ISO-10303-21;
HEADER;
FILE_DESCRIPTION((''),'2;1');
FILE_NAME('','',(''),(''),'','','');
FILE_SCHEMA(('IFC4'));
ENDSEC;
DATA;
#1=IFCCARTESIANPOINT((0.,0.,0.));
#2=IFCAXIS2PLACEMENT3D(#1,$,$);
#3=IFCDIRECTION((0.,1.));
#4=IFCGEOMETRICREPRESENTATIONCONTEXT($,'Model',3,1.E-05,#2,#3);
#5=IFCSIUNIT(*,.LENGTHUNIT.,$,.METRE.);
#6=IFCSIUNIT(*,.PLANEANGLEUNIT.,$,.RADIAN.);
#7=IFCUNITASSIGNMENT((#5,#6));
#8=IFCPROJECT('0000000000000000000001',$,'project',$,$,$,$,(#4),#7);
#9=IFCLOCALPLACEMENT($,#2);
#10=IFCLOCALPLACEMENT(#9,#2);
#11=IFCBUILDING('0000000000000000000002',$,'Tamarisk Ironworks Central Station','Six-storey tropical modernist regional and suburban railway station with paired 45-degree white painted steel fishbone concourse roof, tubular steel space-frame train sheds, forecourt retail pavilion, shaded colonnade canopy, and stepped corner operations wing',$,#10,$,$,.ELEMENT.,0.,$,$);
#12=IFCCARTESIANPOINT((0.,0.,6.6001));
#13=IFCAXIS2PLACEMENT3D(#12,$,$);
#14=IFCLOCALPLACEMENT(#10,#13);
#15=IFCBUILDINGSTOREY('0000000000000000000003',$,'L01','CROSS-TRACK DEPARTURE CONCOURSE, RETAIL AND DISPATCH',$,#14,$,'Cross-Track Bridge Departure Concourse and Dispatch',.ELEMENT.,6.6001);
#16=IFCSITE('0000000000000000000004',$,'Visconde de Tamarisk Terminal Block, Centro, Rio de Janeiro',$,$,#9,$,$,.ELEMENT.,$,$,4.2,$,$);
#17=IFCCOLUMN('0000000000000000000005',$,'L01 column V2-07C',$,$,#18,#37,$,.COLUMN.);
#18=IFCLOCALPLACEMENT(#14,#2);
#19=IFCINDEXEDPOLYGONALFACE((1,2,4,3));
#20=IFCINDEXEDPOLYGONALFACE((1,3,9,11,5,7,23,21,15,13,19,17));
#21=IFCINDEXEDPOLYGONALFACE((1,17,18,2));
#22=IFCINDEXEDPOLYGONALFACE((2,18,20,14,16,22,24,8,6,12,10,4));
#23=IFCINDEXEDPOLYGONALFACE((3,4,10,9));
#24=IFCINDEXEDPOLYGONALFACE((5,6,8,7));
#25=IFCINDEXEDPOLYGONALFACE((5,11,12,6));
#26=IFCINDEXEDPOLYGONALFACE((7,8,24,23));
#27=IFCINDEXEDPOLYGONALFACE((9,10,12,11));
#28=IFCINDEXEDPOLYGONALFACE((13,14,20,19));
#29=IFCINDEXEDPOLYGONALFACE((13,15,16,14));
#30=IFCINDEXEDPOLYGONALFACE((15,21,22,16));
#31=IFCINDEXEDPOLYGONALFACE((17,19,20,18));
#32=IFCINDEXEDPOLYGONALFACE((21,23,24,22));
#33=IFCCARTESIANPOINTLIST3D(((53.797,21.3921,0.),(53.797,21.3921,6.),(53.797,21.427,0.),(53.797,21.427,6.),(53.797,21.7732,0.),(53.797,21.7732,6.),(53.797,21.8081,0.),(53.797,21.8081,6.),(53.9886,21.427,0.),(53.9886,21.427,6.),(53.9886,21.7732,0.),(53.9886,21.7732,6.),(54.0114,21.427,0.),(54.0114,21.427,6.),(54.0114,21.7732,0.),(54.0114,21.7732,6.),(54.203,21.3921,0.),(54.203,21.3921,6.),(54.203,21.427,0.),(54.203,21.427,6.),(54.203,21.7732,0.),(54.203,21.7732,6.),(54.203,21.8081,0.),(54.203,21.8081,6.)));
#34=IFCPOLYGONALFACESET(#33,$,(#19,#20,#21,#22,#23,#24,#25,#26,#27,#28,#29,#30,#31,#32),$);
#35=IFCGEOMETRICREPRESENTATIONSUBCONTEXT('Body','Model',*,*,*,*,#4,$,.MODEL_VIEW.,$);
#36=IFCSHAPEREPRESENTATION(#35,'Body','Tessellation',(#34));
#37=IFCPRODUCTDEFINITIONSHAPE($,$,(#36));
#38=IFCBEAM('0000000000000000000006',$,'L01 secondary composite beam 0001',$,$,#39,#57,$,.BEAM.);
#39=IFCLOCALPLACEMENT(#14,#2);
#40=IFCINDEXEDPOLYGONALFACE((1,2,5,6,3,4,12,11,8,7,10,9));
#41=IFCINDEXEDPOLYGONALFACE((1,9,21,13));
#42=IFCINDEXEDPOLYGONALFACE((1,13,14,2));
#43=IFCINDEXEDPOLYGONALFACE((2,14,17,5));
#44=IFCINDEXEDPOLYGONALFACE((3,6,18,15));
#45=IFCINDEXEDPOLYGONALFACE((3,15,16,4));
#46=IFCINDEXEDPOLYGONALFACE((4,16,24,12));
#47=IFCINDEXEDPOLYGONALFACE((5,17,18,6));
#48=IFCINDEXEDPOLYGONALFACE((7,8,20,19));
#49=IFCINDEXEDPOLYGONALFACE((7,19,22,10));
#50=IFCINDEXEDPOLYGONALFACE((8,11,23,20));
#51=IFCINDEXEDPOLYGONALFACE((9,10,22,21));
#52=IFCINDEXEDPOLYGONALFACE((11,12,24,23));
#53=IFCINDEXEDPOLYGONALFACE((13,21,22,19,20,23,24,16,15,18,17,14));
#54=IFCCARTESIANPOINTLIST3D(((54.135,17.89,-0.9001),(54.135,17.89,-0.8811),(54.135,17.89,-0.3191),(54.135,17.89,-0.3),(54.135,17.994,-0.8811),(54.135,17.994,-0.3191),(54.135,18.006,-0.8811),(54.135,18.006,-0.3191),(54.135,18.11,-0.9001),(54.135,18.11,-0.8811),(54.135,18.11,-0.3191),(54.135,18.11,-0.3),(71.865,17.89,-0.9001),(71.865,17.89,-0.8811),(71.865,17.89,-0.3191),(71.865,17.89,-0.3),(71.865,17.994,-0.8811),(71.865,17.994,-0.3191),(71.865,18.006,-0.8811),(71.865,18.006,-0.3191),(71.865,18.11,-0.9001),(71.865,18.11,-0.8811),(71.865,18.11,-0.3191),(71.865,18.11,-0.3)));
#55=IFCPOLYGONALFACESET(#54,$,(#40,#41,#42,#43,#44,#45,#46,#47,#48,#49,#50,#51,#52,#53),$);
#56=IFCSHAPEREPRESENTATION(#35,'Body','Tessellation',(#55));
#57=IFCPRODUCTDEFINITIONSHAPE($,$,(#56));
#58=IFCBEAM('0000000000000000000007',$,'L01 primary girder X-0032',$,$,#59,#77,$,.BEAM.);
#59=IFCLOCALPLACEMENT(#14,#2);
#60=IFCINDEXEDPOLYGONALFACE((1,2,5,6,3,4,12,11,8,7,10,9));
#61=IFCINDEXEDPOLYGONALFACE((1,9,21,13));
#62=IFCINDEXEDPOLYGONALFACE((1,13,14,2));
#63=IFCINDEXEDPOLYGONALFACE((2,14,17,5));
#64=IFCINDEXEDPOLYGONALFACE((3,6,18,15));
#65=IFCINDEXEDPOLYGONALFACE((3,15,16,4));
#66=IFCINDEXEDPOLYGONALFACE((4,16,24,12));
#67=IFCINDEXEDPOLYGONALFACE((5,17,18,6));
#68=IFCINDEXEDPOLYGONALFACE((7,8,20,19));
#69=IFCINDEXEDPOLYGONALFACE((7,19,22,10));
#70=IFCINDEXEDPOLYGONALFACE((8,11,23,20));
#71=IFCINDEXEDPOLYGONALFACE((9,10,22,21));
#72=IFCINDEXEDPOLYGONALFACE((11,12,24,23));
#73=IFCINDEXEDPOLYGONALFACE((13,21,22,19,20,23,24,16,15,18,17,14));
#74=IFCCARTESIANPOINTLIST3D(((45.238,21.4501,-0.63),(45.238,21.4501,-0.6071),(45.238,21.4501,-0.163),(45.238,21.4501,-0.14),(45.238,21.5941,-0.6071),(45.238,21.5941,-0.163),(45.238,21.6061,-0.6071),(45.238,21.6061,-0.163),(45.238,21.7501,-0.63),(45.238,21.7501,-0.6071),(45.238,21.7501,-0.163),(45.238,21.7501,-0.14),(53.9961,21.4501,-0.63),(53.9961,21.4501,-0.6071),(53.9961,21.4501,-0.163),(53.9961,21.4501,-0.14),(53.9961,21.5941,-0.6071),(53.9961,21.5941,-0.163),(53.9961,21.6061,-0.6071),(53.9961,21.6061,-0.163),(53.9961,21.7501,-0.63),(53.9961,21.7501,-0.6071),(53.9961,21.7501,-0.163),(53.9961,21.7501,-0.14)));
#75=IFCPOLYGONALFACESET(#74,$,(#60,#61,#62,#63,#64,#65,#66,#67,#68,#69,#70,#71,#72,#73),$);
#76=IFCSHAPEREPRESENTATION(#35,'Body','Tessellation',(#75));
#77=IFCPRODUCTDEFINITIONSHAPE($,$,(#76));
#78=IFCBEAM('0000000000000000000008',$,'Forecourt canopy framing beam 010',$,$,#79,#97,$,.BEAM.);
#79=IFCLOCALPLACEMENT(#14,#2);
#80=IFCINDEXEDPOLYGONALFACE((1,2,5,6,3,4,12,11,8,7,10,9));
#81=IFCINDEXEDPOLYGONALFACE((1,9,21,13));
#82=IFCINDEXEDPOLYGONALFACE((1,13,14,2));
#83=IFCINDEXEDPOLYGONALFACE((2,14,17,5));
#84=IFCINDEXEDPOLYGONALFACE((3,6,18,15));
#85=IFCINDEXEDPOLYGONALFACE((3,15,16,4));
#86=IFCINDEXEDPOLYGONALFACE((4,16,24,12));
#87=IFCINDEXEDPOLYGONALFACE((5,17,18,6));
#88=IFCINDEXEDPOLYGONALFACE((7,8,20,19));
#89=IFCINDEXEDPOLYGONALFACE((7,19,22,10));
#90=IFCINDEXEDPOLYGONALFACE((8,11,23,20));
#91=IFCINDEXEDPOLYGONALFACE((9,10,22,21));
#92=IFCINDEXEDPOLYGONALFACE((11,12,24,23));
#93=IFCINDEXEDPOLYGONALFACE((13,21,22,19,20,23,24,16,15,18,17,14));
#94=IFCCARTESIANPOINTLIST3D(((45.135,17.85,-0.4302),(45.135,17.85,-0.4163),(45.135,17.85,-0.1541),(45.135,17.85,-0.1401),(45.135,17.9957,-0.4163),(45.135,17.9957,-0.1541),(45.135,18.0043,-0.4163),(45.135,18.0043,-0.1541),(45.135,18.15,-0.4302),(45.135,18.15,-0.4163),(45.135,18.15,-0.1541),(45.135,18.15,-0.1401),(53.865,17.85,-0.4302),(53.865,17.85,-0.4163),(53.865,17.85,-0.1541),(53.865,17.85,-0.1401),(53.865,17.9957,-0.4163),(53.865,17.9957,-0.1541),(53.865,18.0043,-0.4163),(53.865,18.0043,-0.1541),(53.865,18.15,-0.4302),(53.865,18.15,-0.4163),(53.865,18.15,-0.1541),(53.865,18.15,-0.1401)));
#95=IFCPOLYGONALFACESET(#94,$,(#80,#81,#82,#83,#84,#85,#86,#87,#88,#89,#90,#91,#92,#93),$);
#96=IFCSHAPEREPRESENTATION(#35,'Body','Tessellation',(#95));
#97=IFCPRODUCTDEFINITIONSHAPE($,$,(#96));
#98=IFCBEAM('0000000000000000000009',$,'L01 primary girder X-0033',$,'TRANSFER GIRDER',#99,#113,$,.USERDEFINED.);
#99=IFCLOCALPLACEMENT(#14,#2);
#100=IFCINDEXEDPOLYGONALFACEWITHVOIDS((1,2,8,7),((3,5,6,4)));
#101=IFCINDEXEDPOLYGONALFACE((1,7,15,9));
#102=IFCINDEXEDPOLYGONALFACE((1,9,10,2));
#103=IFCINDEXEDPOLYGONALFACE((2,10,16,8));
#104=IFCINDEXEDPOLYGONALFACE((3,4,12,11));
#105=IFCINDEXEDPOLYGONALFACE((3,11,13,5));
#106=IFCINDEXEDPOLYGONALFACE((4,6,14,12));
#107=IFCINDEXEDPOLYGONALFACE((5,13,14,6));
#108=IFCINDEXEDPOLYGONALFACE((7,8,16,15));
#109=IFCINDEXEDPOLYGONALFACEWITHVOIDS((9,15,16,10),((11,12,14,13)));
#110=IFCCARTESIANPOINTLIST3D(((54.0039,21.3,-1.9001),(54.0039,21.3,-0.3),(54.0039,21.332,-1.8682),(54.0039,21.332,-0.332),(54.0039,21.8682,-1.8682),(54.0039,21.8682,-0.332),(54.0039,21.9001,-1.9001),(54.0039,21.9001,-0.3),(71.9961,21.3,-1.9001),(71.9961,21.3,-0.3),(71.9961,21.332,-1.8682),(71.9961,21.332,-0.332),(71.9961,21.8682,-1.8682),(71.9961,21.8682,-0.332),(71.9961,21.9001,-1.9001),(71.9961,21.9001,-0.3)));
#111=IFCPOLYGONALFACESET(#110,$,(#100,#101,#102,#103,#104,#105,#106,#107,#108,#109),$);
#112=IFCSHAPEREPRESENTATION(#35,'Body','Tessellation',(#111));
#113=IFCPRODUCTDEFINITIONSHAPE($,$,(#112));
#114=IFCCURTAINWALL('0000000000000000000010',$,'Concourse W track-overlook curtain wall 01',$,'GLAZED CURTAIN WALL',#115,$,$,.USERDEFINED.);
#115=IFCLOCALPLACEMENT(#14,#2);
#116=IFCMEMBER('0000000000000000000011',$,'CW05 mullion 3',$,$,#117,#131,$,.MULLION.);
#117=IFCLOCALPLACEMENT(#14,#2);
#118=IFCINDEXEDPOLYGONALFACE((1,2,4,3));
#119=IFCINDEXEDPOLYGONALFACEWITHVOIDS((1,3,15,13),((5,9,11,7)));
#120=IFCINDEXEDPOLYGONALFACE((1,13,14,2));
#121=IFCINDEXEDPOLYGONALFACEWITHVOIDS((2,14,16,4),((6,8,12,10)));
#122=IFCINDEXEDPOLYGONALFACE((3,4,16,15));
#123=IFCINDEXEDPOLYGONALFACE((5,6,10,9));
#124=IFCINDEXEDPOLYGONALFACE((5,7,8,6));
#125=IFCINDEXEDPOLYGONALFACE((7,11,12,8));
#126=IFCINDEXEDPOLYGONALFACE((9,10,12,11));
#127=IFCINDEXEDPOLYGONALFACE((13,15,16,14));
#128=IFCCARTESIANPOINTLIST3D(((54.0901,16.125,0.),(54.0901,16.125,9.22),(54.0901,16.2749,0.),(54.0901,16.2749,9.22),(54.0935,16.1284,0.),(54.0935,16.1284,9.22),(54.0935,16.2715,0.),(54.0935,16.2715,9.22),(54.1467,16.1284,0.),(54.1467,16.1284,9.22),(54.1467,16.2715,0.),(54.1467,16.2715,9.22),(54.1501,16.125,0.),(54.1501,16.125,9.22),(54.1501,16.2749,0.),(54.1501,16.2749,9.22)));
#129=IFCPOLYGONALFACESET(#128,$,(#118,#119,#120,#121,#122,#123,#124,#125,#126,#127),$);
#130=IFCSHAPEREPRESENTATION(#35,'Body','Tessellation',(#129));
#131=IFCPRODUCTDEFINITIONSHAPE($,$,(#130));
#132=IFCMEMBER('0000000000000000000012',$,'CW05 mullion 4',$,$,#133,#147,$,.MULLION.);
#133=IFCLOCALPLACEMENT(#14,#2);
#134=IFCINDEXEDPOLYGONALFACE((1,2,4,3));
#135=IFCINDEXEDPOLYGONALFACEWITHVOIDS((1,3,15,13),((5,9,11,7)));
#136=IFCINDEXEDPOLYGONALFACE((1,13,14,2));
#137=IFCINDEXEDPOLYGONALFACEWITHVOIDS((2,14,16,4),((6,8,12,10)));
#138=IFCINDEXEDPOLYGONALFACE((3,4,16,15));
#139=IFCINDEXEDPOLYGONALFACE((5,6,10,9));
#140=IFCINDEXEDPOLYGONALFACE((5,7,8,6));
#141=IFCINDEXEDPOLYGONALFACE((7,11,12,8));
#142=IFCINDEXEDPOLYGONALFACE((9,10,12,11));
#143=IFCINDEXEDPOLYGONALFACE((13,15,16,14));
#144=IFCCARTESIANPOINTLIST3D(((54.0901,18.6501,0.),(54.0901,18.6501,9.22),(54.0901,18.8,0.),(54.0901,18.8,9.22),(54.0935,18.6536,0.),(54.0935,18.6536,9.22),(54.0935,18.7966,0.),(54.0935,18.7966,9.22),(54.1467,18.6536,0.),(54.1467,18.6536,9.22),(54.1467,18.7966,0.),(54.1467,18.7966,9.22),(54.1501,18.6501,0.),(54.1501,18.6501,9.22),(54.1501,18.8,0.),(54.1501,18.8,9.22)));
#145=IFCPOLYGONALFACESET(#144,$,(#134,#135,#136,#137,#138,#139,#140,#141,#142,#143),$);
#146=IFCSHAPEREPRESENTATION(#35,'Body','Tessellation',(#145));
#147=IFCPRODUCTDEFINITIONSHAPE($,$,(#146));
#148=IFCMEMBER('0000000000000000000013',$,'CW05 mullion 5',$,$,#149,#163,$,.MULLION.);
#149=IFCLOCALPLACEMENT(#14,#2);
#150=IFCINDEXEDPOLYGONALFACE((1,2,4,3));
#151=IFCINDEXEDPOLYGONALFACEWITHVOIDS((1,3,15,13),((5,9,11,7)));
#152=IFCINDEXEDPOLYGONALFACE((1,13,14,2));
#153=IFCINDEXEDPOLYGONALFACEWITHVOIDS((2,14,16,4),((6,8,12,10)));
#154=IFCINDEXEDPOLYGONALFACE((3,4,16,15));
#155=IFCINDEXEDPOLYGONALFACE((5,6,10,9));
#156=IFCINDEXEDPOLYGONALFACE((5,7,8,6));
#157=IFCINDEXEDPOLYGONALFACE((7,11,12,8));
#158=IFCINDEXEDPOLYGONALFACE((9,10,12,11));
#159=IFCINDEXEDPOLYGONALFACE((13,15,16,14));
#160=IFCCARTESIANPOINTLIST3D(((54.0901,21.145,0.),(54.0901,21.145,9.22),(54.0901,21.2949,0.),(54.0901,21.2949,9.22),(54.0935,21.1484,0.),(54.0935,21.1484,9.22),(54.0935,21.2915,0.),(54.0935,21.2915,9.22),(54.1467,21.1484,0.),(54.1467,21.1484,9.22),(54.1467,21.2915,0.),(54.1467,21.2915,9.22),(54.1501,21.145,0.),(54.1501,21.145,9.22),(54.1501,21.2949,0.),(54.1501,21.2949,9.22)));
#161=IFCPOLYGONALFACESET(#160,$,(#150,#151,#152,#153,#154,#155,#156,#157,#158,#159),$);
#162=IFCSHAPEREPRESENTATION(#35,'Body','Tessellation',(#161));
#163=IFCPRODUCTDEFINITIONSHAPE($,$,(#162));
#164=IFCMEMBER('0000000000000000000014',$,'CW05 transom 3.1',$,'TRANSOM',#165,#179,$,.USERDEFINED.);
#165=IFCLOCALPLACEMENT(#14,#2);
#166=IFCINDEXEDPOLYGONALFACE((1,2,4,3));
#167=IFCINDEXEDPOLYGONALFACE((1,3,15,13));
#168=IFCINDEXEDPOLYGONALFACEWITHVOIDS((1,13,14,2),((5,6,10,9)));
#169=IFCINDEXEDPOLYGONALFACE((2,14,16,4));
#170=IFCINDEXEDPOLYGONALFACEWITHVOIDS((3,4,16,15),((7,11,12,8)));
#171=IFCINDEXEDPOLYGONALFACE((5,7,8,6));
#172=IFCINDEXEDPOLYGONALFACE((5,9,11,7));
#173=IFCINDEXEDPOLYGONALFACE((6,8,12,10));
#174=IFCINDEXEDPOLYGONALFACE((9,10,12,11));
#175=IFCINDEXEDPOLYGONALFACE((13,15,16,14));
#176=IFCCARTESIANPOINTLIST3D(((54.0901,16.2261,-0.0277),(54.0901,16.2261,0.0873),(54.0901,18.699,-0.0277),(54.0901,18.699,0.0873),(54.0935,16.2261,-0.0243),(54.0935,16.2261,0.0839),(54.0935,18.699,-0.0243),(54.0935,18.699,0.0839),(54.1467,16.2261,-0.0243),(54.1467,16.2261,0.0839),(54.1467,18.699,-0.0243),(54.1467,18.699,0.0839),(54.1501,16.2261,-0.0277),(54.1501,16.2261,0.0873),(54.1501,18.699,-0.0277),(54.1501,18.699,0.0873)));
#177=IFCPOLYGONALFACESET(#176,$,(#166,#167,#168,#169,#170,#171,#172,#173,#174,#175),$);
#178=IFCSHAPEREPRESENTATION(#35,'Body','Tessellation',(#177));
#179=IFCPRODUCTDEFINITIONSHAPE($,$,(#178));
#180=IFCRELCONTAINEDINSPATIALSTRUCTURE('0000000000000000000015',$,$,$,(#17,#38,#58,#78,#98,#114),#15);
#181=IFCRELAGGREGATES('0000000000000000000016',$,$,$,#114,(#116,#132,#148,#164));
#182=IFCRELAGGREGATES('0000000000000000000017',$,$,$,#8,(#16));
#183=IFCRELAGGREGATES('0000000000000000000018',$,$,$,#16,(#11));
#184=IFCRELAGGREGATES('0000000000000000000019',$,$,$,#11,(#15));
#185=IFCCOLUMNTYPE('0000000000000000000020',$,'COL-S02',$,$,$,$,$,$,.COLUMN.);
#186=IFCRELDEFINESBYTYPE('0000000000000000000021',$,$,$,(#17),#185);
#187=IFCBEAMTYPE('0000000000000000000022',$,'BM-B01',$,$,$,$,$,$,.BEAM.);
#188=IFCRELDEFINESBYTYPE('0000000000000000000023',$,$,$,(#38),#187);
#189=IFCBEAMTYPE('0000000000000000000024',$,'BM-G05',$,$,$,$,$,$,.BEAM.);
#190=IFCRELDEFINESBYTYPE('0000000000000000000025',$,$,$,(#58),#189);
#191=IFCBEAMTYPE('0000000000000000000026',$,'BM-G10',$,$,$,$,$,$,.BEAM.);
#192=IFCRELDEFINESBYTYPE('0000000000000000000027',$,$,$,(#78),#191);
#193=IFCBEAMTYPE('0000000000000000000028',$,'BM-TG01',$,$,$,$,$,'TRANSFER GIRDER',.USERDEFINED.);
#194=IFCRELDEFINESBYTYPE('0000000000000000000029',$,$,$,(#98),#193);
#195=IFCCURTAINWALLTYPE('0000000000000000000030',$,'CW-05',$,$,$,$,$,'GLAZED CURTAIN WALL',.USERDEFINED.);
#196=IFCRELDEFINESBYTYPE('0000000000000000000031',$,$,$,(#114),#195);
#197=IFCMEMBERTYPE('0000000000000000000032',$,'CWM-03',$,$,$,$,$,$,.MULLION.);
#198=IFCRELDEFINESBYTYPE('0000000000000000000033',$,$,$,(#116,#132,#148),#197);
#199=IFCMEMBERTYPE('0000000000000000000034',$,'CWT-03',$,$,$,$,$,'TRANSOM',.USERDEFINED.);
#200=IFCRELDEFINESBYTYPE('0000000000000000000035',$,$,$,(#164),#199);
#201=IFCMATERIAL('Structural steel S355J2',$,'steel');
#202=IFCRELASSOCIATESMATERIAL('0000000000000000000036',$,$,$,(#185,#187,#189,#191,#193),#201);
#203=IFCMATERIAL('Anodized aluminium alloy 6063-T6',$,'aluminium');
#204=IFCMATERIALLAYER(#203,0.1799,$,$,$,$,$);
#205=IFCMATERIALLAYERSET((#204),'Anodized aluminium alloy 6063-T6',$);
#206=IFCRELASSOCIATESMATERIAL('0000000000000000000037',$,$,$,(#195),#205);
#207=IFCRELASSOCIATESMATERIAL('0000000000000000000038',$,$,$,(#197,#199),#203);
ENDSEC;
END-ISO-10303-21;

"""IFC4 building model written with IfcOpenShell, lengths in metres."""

from ifc_helpers import new_model, si_unit, direction, frame, origin, origin_2d, place, context, subcontext, project, spatial, hollow_rectangle, i_section, extrude, material, layer, layer_set, material_profile, profile_set, type_object, element, aggregate, save


model = new_model("IFC4")

# Units and contexts
model_context = context("Model", 3, precision=1e-05, world=origin(), true_north=direction((0.0, 1.0)))
body_context = subcontext(model_context, "Body", "Model", "MODEL_VIEW")
ifc_project = project(units=[si_unit("LENGTHUNIT", "METRE"), si_unit("PLANEANGLEUNIT", "RADIAN")], contexts=[model_context])

# Site, building, storey
site_placement = place(None, origin())
site = spatial("IfcSite", under=ifc_project, at=site_placement, Name="Visconde de Tamarisk Terminal Block, Centro, Rio de Janeiro", CompositionType="ELEMENT", RefElevation=4.2)
building_placement = place(site_placement, origin())
building = spatial("IfcBuilding", under=site, at=building_placement, Name="Tamarisk Ironworks Central Station", Description="Six-storey tropical modernist regional and suburban railway station with paired 45-degree white painted steel fishbone concourse roof, tubular steel space-frame train sheds, forecourt retail pavilion, shaded colonnade canopy, and stepped corner operations wing", CompositionType="ELEMENT", ElevationOfRefHeight=0.0)
storey_placement = place(building_placement, frame((0.0, 0.0, 6.6001)))
storey = spatial("IfcBuildingStorey", under=building, at=storey_placement, Name="L01", Description="CROSS-TRACK DEPARTURE CONCOURSE, RETAIL AND DISPATCH", LongName="Cross-Track Bridge Departure Concourse and Dispatch", CompositionType="ELEMENT", Elevation=6.6001)

# Column
ifc_material_1 = material(Name="Structural steel S355J2", Category="steel")
ifc_material_profile_1 = material_profile(ifc_material_1, i_section(OverallWidth=0.406, OverallDepth=0.416, WebThickness=0.0227, FlangeThickness=0.0349, at=origin_2d()), Name="HD 400x382")
ifc_profile_set_1 = profile_set([ifc_material_profile_1], Name="Structural steel S355J2")
column_type = type_object("IfcColumnType", Name="COL-S02", PredefinedType="COLUMN", material=ifc_profile_set_1)
column_placement = place(storey_placement, frame((54.0, 21.6001, 0.0), z_axis=(0.0, 0.0, 1.0), x_axis=(1.0, 0.0, 0.0)))
element("IfcColumn", 1, at=column_placement, inside=storey, type_object=column_type, Name="L01 column V2-07C", PredefinedType="COLUMN", context=body_context, shape_type="SweptSolid", body=[
    extrude(i_section(OverallWidth=0.406, OverallDepth=0.416, WebThickness=0.0227, FlangeThickness=0.0349, at=origin_2d()), origin(), (0.0, 0.0, 1.0), 6.0),
])

# Beams
ifc_material_profile_2 = material_profile(ifc_material_1, i_section(OverallWidth=0.22, OverallDepth=0.6001, WebThickness=0.012, FlangeThickness=0.019, at=origin_2d()), Name="IPE 600")
ifc_profile_set_2 = profile_set([ifc_material_profile_2], Name="Structural steel S355J2")
beam_type_1 = type_object("IfcBeamType", Name="BM-B01", PredefinedType="BEAM", material=ifc_profile_set_2)
beam_1_placement = place(storey_placement, frame((54.135, 18.0, -0.6001), z_axis=(1.0, 0.0, 0.0), x_axis=(0.0, 1.0, 0.0)))
element("IfcBeam", 2, at=beam_1_placement, inside=storey, type_object=beam_type_1, Name="L01 secondary composite beam 0001", PredefinedType="BEAM", context=body_context, shape_type="SweptSolid", body=[
    extrude(i_section(OverallWidth=0.22, OverallDepth=0.6001, WebThickness=0.012, FlangeThickness=0.019, at=origin_2d()), origin(), (0.0, 0.0, 1.0), 17.73),
])
ifc_material_profile_3 = material_profile(ifc_material_1, i_section(OverallWidth=0.3, OverallDepth=0.49, WebThickness=0.012, FlangeThickness=0.0229, at=origin_2d()), Name="HEA 500")
ifc_profile_set_3 = profile_set([ifc_material_profile_3], Name="Structural steel S355J2")
beam_type_2 = type_object("IfcBeamType", Name="BM-G05", PredefinedType="BEAM", material=ifc_profile_set_3)
beam_2_placement = place(storey_placement, frame((45.238, 21.6001, -0.385), z_axis=(1.0, 0.0, 0.0), x_axis=(0.0, 1.0, 0.0)))
element("IfcBeam", 3, at=beam_2_placement, inside=storey, type_object=beam_type_2, Name="L01 primary girder X-0032", PredefinedType="BEAM", context=body_context, shape_type="SweptSolid", body=[
    extrude(i_section(OverallWidth=0.3, OverallDepth=0.49, WebThickness=0.012, FlangeThickness=0.0229, at=origin_2d()), origin(), (0.0, 0.0, 1.0), 8.7581),
])
ifc_material_profile_4 = material_profile(ifc_material_1, i_section(OverallWidth=0.3, OverallDepth=0.29, WebThickness=0.0085, FlangeThickness=0.0139, at=origin_2d()), Name="HEA 300")
ifc_profile_set_4 = profile_set([ifc_material_profile_4], Name="Structural steel S355J2")
beam_type_3 = type_object("IfcBeamType", Name="BM-G10", PredefinedType="BEAM", material=ifc_profile_set_4)
beam_3_placement = place(storey_placement, frame((45.135, 18.0, -0.2852), z_axis=(1.0, 0.0, 0.0), x_axis=(0.0, 1.0, 0.0)))
element("IfcBeam", 4, at=beam_3_placement, inside=storey, type_object=beam_type_3, Name="Forecourt canopy framing beam 010", PredefinedType="BEAM", context=body_context, shape_type="SweptSolid", body=[
    extrude(i_section(OverallWidth=0.3, OverallDepth=0.29, WebThickness=0.0085, FlangeThickness=0.0139, at=origin_2d()), origin(), (0.0, 0.0, 1.0), 8.73),
])
ifc_material_profile_5 = material_profile(ifc_material_1, hollow_rectangle(XDim=0.6001, YDim=1.6001, WallThickness=0.032, at=origin_2d()), Name="BOX 600x1600x32")
ifc_profile_set_5 = profile_set([ifc_material_profile_5], Name="Structural steel S355J2")
beam_type_4 = type_object("IfcBeamType", Name="BM-TG01", ElementType="TRANSFER GIRDER", PredefinedType="USERDEFINED", material=ifc_profile_set_5)
beam_4_placement = place(storey_placement, frame((54.0039, 21.6001, -1.1001), z_axis=(1.0, 0.0, 0.0), x_axis=(0.0, 1.0, 0.0)))
element("IfcBeam", 5, at=beam_4_placement, inside=storey, type_object=beam_type_4, Name="L01 primary girder X-0033", ObjectType="TRANSFER GIRDER", PredefinedType="USERDEFINED", context=body_context, shape_type="SweptSolid", body=[
    extrude(hollow_rectangle(XDim=0.6001, YDim=1.6001, WallThickness=0.032, at=origin_2d()), origin(), (0.0, 0.0, 1.0), 17.9922),
])

# Curtain wall, members
ifc_material_2 = material(Name="Anodized aluminium alloy 6063-T6", Category="aluminium")
ifc_layer_1 = layer(ifc_material_2, 0.1799)
ifc_layer_set_1 = layer_set([ifc_layer_1], Name="Anodized aluminium alloy 6063-T6")
curtain_wall_type = type_object("IfcCurtainWallType", Name="CW-05", ElementType="GLAZED CURTAIN WALL", PredefinedType="USERDEFINED", material=ifc_layer_set_1)
curtain_wall_placement = place(storey_placement, origin())
curtain_wall = element("IfcCurtainWall", 6, at=curtain_wall_placement, inside=storey, type_object=curtain_wall_type, Name="Concourse W track-overlook curtain wall 01", ObjectType="GLAZED CURTAIN WALL", PredefinedType="USERDEFINED")
ifc_material_profile_6 = material_profile(ifc_material_2, hollow_rectangle(XDim=0.0601, YDim=0.1499, WallThickness=0.0034, at=origin_2d()), Name="ALUM 150x60")
ifc_profile_set_6 = profile_set([ifc_material_profile_6], Name="Anodized aluminium alloy 6063-T6")
member_type_1 = type_object("IfcMemberType", Name="CWM-03", PredefinedType="MULLION", material=ifc_profile_set_6)
member_1_placement = place(storey_placement, frame((54.1201, 16.2, 0.0), z_axis=(0.0, 0.0, 1.0), x_axis=(-1.0, 0.0, 0.0)))
member_1 = element("IfcMember", 7, at=member_1_placement, type_object=member_type_1, Name="CW05 mullion 3", PredefinedType="MULLION", context=body_context, shape_type="SweptSolid", body=[
    extrude(hollow_rectangle(XDim=0.0601, YDim=0.1499, WallThickness=0.0034, at=origin_2d()), origin(), (0.0, 0.0, 1.0), 9.22),
])
member_2_placement = place(storey_placement, frame((54.1201, 18.7251, 0.0), z_axis=(0.0, 0.0, 1.0), x_axis=(-1.0, 0.0, 0.0)))
member_2 = element("IfcMember", 8, at=member_2_placement, type_object=member_type_1, Name="CW05 mullion 4", PredefinedType="MULLION", context=body_context, shape_type="SweptSolid", body=[
    extrude(hollow_rectangle(XDim=0.0601, YDim=0.1499, WallThickness=0.0034, at=origin_2d()), origin(), (0.0, 0.0, 1.0), 9.22),
])
member_3_placement = place(storey_placement, frame((54.1201, 21.22, 0.0), z_axis=(0.0, 0.0, 1.0), x_axis=(-1.0, 0.0, 0.0)))
member_3 = element("IfcMember", 9, at=member_3_placement, type_object=member_type_1, Name="CW05 mullion 5", PredefinedType="MULLION", context=body_context, shape_type="SweptSolid", body=[
    extrude(hollow_rectangle(XDim=0.0601, YDim=0.1499, WallThickness=0.0034, at=origin_2d()), origin(), (0.0, 0.0, 1.0), 9.22),
])
ifc_material_profile_7 = material_profile(ifc_material_2, hollow_rectangle(XDim=0.0601, YDim=0.115, WallThickness=0.0034, at=origin_2d()), Name="ALUM 115x60")
ifc_profile_set_7 = profile_set([ifc_material_profile_7], Name="Anodized aluminium alloy 6063-T6")
member_type_2 = type_object("IfcMemberType", Name="CWT-03", ElementType="TRANSOM", PredefinedType="USERDEFINED", material=ifc_profile_set_7)
member_4_placement = place(storey_placement, frame((54.1201, 16.2261, 0.0298), z_axis=(0.0, 1.0, 0.0), x_axis=(-1.0, 0.0, 0.0)))
member_4 = element("IfcMember", 10, at=member_4_placement, type_object=member_type_2, Name="CW05 transom 3.1", ObjectType="TRANSOM", PredefinedType="USERDEFINED", context=body_context, shape_type="SweptSolid", body=[
    extrude(hollow_rectangle(XDim=0.0601, YDim=0.115, WallThickness=0.0034, at=origin_2d()), origin(), (0.0, 0.0, 1.0), 2.4729),
])
aggregate(curtain_wall, [member_1, member_2, member_3, member_4])

save(model, "model.ifc")
